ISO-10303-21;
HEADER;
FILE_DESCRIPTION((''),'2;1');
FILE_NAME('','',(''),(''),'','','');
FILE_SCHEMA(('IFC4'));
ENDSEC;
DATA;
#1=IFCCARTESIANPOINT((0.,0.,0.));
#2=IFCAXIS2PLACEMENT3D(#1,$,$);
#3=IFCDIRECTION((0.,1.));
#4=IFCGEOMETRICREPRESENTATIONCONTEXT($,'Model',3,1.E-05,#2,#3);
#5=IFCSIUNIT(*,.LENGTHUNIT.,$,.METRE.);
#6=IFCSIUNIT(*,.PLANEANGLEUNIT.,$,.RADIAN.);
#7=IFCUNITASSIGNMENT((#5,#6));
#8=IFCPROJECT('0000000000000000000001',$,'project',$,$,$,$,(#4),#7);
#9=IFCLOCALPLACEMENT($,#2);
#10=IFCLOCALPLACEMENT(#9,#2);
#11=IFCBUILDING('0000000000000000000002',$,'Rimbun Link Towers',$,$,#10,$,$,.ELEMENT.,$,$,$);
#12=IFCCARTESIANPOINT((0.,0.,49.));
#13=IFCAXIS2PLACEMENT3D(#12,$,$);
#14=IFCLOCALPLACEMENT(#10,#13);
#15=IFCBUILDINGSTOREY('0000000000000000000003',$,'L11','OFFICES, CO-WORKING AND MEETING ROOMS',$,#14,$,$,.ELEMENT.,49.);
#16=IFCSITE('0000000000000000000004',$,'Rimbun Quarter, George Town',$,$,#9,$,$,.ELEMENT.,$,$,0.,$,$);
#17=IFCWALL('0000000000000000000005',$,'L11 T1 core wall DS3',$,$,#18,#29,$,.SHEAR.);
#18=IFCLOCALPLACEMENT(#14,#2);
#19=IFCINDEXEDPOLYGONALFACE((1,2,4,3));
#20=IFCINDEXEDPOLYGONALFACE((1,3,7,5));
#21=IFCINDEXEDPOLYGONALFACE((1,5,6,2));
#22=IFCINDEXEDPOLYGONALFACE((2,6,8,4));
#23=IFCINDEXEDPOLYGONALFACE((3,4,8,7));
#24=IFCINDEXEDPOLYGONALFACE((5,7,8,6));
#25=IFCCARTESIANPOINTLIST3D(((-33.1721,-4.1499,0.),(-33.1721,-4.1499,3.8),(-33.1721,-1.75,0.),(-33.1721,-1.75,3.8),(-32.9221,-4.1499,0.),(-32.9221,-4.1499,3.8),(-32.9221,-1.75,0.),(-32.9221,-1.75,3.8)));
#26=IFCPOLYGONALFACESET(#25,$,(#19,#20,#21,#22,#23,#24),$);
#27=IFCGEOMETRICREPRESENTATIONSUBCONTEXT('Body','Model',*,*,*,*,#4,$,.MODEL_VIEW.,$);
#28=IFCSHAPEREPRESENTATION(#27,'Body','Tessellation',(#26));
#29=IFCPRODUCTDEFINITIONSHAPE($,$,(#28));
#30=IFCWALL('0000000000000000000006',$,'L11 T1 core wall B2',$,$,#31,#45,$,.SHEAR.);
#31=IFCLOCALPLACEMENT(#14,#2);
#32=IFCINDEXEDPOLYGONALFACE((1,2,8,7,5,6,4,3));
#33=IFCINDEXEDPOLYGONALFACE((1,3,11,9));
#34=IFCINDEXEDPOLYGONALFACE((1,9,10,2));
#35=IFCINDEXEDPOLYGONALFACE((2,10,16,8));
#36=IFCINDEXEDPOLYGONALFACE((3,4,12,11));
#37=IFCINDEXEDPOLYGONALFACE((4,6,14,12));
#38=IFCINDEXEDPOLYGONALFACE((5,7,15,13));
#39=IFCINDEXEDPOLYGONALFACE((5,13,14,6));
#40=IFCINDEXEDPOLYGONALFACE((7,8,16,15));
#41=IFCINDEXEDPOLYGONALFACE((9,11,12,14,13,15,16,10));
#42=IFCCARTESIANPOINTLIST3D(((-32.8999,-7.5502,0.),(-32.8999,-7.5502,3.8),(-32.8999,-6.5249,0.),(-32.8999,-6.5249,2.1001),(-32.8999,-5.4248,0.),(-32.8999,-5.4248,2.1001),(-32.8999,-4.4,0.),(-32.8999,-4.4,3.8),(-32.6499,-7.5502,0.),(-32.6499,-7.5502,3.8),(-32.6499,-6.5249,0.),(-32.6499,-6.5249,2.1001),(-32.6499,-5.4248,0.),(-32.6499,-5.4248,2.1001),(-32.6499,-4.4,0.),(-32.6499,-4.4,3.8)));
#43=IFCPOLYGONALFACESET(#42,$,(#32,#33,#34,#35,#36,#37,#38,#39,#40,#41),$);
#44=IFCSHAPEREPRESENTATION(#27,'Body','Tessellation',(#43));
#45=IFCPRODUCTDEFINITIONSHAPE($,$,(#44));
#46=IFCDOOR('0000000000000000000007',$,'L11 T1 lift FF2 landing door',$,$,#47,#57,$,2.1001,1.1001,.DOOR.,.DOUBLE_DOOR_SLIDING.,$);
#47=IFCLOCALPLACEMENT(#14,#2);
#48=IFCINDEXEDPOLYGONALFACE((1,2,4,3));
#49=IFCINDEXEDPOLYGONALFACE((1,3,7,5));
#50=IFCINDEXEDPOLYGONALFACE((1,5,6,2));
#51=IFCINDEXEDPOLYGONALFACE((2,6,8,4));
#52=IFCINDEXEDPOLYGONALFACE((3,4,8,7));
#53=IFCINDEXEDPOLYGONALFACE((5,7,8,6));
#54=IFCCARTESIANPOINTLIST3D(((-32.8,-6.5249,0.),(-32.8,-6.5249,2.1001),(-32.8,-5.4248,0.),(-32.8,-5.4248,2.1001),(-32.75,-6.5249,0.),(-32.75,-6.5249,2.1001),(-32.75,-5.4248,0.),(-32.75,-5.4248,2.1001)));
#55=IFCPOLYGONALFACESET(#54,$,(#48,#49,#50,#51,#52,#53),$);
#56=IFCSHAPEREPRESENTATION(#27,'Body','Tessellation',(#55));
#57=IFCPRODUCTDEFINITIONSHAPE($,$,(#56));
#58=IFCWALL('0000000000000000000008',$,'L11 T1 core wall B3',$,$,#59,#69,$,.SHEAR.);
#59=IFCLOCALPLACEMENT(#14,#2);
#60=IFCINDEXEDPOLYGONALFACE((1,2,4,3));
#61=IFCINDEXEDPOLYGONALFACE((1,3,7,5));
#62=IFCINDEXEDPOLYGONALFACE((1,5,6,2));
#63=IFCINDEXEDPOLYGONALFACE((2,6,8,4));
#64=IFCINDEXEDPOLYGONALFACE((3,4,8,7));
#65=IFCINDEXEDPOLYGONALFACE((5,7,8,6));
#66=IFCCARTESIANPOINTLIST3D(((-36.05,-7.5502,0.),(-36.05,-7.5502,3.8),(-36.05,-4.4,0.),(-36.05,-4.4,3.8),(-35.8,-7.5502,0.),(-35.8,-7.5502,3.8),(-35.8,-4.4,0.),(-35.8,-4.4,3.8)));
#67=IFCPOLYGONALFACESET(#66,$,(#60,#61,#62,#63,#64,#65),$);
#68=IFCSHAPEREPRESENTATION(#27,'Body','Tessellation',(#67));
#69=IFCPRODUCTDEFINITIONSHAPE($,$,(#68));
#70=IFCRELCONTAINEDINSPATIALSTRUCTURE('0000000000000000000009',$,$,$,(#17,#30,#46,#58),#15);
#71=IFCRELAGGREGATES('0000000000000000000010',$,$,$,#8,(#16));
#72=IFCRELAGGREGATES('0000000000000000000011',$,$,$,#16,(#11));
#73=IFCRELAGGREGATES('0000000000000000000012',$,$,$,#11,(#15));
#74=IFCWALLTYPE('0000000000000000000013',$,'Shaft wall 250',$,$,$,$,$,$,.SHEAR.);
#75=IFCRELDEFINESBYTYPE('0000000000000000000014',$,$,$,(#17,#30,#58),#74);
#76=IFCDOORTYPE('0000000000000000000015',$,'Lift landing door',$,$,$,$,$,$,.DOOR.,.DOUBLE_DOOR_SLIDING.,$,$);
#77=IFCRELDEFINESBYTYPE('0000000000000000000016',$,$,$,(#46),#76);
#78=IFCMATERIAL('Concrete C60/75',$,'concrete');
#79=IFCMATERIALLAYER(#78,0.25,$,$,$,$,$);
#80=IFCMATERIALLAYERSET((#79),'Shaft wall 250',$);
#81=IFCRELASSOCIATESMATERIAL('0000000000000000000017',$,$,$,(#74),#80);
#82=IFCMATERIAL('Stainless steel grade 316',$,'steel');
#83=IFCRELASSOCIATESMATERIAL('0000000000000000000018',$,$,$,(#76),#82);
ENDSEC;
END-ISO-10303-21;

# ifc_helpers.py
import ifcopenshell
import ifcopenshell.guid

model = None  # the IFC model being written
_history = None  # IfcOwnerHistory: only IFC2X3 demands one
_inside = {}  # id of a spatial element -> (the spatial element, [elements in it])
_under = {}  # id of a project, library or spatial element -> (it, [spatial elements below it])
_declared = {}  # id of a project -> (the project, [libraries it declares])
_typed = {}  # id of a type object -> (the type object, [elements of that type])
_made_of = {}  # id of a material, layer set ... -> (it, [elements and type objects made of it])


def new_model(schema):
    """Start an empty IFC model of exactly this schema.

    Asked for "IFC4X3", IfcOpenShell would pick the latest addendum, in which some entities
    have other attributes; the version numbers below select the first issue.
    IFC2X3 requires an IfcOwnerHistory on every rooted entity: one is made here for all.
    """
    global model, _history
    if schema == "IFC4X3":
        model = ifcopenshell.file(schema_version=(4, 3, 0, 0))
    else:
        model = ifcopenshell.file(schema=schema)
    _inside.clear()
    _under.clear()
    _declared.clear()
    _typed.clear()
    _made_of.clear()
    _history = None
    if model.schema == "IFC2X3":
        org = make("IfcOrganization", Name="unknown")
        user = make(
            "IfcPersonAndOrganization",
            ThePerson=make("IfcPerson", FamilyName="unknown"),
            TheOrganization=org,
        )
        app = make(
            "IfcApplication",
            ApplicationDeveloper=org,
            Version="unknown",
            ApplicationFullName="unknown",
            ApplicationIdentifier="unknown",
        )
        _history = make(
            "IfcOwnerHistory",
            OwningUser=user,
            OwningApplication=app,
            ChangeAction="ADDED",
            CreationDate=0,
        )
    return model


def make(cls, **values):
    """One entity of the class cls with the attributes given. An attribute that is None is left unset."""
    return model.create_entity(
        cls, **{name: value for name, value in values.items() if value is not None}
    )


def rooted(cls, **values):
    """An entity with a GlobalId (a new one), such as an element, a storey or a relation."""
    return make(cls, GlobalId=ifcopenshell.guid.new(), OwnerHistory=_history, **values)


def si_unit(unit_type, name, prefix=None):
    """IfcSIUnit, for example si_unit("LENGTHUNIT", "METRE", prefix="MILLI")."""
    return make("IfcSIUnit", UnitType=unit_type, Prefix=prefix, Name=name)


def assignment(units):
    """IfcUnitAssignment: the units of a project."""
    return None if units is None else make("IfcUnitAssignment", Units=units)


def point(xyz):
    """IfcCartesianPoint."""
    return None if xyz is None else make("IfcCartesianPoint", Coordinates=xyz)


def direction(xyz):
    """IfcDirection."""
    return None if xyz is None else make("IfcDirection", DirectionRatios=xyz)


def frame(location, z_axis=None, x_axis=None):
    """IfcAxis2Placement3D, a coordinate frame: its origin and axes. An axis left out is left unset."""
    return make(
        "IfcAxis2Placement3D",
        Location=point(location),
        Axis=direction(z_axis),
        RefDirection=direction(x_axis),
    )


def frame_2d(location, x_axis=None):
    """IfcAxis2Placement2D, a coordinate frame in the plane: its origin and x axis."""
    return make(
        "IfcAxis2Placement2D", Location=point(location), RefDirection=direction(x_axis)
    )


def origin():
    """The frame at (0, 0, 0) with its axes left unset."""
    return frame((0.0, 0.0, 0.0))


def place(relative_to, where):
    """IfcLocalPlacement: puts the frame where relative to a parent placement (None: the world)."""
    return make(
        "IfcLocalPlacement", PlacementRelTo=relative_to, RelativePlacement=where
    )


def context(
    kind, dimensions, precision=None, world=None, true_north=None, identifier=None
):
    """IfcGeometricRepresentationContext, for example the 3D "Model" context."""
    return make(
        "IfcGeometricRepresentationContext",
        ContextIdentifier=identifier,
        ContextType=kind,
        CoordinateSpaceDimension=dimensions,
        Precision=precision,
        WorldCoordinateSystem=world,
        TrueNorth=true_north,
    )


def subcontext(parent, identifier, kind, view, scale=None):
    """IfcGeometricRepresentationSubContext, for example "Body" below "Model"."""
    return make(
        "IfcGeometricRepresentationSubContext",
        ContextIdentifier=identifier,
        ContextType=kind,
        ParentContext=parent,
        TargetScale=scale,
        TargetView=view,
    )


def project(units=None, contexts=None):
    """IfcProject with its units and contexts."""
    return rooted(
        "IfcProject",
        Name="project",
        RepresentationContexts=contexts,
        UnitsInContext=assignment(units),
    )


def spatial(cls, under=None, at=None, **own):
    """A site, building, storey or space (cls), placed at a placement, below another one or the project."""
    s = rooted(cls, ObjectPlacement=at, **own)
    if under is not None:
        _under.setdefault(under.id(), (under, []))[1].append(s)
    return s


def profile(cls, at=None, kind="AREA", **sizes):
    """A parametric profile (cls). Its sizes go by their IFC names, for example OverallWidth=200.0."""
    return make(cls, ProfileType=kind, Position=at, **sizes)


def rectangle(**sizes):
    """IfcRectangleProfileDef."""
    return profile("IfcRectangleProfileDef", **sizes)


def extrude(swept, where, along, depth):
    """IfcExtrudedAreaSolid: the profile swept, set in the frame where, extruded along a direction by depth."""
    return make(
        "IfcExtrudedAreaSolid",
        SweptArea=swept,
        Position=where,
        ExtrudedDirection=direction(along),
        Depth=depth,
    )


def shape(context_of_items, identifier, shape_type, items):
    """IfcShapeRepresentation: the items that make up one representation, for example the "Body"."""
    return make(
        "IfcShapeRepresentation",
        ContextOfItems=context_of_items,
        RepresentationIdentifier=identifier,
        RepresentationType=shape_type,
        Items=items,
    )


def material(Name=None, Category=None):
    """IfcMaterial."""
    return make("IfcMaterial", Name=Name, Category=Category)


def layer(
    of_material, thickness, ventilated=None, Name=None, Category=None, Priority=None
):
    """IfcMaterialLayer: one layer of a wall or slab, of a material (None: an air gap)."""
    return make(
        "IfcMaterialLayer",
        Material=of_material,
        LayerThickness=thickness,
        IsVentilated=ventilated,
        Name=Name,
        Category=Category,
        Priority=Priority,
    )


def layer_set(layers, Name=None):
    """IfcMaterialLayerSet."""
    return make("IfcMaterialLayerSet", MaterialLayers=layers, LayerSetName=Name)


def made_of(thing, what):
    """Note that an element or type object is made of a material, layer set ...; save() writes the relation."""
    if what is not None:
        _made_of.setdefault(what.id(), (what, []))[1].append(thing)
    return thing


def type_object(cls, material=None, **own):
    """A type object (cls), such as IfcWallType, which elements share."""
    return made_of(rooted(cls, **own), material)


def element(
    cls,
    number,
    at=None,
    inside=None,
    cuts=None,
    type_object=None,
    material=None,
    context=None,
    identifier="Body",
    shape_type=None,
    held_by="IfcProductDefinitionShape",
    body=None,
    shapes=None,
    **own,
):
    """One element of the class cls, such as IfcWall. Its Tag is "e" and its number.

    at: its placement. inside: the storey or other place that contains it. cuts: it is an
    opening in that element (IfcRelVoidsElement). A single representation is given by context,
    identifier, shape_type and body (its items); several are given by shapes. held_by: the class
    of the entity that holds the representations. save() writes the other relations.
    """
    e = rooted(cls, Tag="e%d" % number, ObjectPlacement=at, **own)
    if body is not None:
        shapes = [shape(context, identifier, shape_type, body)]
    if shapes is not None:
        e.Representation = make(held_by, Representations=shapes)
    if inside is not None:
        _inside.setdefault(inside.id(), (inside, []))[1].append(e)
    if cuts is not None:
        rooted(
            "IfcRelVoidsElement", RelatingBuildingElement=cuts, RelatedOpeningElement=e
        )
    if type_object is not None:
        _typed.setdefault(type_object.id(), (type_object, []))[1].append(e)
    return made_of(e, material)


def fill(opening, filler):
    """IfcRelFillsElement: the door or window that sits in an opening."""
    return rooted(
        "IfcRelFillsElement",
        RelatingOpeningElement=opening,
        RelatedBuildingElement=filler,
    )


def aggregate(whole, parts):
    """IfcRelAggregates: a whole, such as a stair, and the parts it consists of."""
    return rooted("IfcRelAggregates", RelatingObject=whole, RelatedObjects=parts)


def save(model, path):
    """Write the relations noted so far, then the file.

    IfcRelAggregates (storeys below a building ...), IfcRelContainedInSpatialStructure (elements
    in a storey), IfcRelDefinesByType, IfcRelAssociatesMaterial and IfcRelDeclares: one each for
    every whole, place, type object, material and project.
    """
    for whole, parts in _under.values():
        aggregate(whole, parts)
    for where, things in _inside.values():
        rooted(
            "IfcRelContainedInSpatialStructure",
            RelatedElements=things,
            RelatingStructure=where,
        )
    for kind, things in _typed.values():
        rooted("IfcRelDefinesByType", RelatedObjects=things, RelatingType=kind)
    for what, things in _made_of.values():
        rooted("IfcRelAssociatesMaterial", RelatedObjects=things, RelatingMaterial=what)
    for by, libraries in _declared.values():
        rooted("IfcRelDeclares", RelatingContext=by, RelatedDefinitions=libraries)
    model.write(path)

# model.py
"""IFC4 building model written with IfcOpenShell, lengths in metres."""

from ifc_helpers import new_model, si_unit, direction, frame, frame_2d, origin, place, context, subcontext, project, spatial, rectangle, extrude, material, layer, layer_set, type_object, element, fill, save


model = new_model("IFC4")

# Units and contexts
model_context = context("Model", 3, precision=1e-05, world=origin(), true_north=direction((0.0, 1.0)))
body_context = subcontext(model_context, "Body", "Model", "MODEL_VIEW")
ifc_project = project(units=[si_unit("LENGTHUNIT", "METRE"), si_unit("PLANEANGLEUNIT", "RADIAN")], contexts=[model_context])

# Site, building, storey
site_placement = place(None, origin())
site = spatial("IfcSite", under=ifc_project, at=site_placement, Name="Rimbun Quarter, George Town", CompositionType="ELEMENT", RefElevation=0.0)
building_placement = place(site_placement, origin())
building = spatial("IfcBuilding", under=site, at=building_placement, Name="Rimbun Link Towers", CompositionType="ELEMENT")
storey_placement = place(building_placement, frame((0.0, 0.0, 49.0)))
storey = spatial("IfcBuildingStorey", under=building, at=storey_placement, Name="L11", Description="OFFICES, CO-WORKING AND MEETING ROOMS", CompositionType="ELEMENT", Elevation=49.0)

# Shared definitions
ifc_material_1 = material(Name="Concrete C60/75", Category="concrete")
ifc_layer_1 = layer(ifc_material_1, 0.25)
ifc_layer_set_1 = layer_set([ifc_layer_1], Name="Shaft wall 250")
wall_type_1 = type_object("IfcWallType", Name="Shaft wall 250", PredefinedType="SHEAR", material=ifc_layer_set_1)
ifc_material_2 = material(Name="Stainless steel grade 316", Category="steel")
door_type = type_object("IfcDoorType", Name="Lift landing door", OperationType="DOUBLE_DOOR_SLIDING", PredefinedType="DOOR", material=ifc_material_2)

# Wall
for number, where, z_axis, x_axis, name in (
    (1, (-33.0471, -4.1499, 0.0), (0.0, 0.0, 1.0), (0.0, 1.0, 0.0), "L11 T1 core wall DS3"),
):
    element("IfcWall", number, at=place(storey_placement, frame(where, z_axis=z_axis, x_axis=x_axis)), inside=storey, type_object=wall_type_1, Name=name, PredefinedType="SHEAR", context=body_context, shape_type="SweptSolid", body=[
        extrude(rectangle(XDim=2.3999, YDim=0.25, at=frame_2d((1.2, 0.0))), origin(), (0.0, 0.0, 1.0), 3.8),
    ])

# Wall, opening, door
wall_1_placement = place(storey_placement, frame((-32.7749, -4.3999, 0.0), z_axis=(0.0, 0.0, 1.0), x_axis=(0.0, -1.0, 0.0)))
wall_1 = element("IfcWall", 2, at=wall_1_placement, inside=storey, type_object=wall_type_1, Name="L11 T1 core wall B2", PredefinedType="SHEAR", context=body_context, shape_type="SweptSolid", body=[
    extrude(rectangle(XDim=3.1501, YDim=0.25, at=frame_2d((1.5752, 0.0))), origin(), (0.0, 0.0, 1.0), 3.8),
])
opening_1_placement = place(wall_1_placement, frame((1.0249, 0.0, 0.0)))
opening_1 = element("IfcOpeningElement", 3, at=opening_1_placement, cuts=wall_1, PredefinedType="OPENING", context=body_context, shape_type="SweptSolid", body=[
    extrude(rectangle(XDim=1.1001, YDim=2.1001, at=frame_2d((0.55, 1.05))), frame((0.0, 0.135, 0.0), z_axis=(0.0, -1.0, 0.0), x_axis=(1.0, 0.0, 0.0)), (0.0, 0.0, 1.0), 0.27),
])
door_1_placement = place(opening_1_placement, origin())
door_1 = element("IfcDoor", 4, at=door_1_placement, inside=storey, type_object=door_type, Name="L11 T1 lift FF2 landing door", OperationType="DOUBLE_DOOR_SLIDING", OverallHeight=2.1001, OverallWidth=1.1001, PredefinedType="DOOR", context=body_context, shape_type="SweptSolid", body=[
    extrude(rectangle(XDim=1.1001, YDim=2.1001, at=frame_2d((0.55, 1.05))), frame((0.0, 0.0249, 0.0), z_axis=(0.0, -1.0, 0.0), x_axis=(1.0, 0.0, 0.0)), (0.0, 0.0, 1.0), 0.05),
])
fill(opening_1, door_1)

# Wall
wall_2_placement = place(storey_placement, frame((-35.925, -4.3999, 0.0), z_axis=(0.0, 0.0, 1.0), x_axis=(0.0, -1.0, 0.0)))
element("IfcWall", 5, at=wall_2_placement, inside=storey, type_object=wall_type_1, Name="L11 T1 core wall B3", PredefinedType="SHEAR", context=body_context, shape_type="SweptSolid", body=[
    extrude(rectangle(XDim=3.1501, YDim=0.25, at=frame_2d((1.5752, 0.0))), origin(), (0.0, 0.0, 1.0), 3.8),
])

save(model, "model.ifc")
